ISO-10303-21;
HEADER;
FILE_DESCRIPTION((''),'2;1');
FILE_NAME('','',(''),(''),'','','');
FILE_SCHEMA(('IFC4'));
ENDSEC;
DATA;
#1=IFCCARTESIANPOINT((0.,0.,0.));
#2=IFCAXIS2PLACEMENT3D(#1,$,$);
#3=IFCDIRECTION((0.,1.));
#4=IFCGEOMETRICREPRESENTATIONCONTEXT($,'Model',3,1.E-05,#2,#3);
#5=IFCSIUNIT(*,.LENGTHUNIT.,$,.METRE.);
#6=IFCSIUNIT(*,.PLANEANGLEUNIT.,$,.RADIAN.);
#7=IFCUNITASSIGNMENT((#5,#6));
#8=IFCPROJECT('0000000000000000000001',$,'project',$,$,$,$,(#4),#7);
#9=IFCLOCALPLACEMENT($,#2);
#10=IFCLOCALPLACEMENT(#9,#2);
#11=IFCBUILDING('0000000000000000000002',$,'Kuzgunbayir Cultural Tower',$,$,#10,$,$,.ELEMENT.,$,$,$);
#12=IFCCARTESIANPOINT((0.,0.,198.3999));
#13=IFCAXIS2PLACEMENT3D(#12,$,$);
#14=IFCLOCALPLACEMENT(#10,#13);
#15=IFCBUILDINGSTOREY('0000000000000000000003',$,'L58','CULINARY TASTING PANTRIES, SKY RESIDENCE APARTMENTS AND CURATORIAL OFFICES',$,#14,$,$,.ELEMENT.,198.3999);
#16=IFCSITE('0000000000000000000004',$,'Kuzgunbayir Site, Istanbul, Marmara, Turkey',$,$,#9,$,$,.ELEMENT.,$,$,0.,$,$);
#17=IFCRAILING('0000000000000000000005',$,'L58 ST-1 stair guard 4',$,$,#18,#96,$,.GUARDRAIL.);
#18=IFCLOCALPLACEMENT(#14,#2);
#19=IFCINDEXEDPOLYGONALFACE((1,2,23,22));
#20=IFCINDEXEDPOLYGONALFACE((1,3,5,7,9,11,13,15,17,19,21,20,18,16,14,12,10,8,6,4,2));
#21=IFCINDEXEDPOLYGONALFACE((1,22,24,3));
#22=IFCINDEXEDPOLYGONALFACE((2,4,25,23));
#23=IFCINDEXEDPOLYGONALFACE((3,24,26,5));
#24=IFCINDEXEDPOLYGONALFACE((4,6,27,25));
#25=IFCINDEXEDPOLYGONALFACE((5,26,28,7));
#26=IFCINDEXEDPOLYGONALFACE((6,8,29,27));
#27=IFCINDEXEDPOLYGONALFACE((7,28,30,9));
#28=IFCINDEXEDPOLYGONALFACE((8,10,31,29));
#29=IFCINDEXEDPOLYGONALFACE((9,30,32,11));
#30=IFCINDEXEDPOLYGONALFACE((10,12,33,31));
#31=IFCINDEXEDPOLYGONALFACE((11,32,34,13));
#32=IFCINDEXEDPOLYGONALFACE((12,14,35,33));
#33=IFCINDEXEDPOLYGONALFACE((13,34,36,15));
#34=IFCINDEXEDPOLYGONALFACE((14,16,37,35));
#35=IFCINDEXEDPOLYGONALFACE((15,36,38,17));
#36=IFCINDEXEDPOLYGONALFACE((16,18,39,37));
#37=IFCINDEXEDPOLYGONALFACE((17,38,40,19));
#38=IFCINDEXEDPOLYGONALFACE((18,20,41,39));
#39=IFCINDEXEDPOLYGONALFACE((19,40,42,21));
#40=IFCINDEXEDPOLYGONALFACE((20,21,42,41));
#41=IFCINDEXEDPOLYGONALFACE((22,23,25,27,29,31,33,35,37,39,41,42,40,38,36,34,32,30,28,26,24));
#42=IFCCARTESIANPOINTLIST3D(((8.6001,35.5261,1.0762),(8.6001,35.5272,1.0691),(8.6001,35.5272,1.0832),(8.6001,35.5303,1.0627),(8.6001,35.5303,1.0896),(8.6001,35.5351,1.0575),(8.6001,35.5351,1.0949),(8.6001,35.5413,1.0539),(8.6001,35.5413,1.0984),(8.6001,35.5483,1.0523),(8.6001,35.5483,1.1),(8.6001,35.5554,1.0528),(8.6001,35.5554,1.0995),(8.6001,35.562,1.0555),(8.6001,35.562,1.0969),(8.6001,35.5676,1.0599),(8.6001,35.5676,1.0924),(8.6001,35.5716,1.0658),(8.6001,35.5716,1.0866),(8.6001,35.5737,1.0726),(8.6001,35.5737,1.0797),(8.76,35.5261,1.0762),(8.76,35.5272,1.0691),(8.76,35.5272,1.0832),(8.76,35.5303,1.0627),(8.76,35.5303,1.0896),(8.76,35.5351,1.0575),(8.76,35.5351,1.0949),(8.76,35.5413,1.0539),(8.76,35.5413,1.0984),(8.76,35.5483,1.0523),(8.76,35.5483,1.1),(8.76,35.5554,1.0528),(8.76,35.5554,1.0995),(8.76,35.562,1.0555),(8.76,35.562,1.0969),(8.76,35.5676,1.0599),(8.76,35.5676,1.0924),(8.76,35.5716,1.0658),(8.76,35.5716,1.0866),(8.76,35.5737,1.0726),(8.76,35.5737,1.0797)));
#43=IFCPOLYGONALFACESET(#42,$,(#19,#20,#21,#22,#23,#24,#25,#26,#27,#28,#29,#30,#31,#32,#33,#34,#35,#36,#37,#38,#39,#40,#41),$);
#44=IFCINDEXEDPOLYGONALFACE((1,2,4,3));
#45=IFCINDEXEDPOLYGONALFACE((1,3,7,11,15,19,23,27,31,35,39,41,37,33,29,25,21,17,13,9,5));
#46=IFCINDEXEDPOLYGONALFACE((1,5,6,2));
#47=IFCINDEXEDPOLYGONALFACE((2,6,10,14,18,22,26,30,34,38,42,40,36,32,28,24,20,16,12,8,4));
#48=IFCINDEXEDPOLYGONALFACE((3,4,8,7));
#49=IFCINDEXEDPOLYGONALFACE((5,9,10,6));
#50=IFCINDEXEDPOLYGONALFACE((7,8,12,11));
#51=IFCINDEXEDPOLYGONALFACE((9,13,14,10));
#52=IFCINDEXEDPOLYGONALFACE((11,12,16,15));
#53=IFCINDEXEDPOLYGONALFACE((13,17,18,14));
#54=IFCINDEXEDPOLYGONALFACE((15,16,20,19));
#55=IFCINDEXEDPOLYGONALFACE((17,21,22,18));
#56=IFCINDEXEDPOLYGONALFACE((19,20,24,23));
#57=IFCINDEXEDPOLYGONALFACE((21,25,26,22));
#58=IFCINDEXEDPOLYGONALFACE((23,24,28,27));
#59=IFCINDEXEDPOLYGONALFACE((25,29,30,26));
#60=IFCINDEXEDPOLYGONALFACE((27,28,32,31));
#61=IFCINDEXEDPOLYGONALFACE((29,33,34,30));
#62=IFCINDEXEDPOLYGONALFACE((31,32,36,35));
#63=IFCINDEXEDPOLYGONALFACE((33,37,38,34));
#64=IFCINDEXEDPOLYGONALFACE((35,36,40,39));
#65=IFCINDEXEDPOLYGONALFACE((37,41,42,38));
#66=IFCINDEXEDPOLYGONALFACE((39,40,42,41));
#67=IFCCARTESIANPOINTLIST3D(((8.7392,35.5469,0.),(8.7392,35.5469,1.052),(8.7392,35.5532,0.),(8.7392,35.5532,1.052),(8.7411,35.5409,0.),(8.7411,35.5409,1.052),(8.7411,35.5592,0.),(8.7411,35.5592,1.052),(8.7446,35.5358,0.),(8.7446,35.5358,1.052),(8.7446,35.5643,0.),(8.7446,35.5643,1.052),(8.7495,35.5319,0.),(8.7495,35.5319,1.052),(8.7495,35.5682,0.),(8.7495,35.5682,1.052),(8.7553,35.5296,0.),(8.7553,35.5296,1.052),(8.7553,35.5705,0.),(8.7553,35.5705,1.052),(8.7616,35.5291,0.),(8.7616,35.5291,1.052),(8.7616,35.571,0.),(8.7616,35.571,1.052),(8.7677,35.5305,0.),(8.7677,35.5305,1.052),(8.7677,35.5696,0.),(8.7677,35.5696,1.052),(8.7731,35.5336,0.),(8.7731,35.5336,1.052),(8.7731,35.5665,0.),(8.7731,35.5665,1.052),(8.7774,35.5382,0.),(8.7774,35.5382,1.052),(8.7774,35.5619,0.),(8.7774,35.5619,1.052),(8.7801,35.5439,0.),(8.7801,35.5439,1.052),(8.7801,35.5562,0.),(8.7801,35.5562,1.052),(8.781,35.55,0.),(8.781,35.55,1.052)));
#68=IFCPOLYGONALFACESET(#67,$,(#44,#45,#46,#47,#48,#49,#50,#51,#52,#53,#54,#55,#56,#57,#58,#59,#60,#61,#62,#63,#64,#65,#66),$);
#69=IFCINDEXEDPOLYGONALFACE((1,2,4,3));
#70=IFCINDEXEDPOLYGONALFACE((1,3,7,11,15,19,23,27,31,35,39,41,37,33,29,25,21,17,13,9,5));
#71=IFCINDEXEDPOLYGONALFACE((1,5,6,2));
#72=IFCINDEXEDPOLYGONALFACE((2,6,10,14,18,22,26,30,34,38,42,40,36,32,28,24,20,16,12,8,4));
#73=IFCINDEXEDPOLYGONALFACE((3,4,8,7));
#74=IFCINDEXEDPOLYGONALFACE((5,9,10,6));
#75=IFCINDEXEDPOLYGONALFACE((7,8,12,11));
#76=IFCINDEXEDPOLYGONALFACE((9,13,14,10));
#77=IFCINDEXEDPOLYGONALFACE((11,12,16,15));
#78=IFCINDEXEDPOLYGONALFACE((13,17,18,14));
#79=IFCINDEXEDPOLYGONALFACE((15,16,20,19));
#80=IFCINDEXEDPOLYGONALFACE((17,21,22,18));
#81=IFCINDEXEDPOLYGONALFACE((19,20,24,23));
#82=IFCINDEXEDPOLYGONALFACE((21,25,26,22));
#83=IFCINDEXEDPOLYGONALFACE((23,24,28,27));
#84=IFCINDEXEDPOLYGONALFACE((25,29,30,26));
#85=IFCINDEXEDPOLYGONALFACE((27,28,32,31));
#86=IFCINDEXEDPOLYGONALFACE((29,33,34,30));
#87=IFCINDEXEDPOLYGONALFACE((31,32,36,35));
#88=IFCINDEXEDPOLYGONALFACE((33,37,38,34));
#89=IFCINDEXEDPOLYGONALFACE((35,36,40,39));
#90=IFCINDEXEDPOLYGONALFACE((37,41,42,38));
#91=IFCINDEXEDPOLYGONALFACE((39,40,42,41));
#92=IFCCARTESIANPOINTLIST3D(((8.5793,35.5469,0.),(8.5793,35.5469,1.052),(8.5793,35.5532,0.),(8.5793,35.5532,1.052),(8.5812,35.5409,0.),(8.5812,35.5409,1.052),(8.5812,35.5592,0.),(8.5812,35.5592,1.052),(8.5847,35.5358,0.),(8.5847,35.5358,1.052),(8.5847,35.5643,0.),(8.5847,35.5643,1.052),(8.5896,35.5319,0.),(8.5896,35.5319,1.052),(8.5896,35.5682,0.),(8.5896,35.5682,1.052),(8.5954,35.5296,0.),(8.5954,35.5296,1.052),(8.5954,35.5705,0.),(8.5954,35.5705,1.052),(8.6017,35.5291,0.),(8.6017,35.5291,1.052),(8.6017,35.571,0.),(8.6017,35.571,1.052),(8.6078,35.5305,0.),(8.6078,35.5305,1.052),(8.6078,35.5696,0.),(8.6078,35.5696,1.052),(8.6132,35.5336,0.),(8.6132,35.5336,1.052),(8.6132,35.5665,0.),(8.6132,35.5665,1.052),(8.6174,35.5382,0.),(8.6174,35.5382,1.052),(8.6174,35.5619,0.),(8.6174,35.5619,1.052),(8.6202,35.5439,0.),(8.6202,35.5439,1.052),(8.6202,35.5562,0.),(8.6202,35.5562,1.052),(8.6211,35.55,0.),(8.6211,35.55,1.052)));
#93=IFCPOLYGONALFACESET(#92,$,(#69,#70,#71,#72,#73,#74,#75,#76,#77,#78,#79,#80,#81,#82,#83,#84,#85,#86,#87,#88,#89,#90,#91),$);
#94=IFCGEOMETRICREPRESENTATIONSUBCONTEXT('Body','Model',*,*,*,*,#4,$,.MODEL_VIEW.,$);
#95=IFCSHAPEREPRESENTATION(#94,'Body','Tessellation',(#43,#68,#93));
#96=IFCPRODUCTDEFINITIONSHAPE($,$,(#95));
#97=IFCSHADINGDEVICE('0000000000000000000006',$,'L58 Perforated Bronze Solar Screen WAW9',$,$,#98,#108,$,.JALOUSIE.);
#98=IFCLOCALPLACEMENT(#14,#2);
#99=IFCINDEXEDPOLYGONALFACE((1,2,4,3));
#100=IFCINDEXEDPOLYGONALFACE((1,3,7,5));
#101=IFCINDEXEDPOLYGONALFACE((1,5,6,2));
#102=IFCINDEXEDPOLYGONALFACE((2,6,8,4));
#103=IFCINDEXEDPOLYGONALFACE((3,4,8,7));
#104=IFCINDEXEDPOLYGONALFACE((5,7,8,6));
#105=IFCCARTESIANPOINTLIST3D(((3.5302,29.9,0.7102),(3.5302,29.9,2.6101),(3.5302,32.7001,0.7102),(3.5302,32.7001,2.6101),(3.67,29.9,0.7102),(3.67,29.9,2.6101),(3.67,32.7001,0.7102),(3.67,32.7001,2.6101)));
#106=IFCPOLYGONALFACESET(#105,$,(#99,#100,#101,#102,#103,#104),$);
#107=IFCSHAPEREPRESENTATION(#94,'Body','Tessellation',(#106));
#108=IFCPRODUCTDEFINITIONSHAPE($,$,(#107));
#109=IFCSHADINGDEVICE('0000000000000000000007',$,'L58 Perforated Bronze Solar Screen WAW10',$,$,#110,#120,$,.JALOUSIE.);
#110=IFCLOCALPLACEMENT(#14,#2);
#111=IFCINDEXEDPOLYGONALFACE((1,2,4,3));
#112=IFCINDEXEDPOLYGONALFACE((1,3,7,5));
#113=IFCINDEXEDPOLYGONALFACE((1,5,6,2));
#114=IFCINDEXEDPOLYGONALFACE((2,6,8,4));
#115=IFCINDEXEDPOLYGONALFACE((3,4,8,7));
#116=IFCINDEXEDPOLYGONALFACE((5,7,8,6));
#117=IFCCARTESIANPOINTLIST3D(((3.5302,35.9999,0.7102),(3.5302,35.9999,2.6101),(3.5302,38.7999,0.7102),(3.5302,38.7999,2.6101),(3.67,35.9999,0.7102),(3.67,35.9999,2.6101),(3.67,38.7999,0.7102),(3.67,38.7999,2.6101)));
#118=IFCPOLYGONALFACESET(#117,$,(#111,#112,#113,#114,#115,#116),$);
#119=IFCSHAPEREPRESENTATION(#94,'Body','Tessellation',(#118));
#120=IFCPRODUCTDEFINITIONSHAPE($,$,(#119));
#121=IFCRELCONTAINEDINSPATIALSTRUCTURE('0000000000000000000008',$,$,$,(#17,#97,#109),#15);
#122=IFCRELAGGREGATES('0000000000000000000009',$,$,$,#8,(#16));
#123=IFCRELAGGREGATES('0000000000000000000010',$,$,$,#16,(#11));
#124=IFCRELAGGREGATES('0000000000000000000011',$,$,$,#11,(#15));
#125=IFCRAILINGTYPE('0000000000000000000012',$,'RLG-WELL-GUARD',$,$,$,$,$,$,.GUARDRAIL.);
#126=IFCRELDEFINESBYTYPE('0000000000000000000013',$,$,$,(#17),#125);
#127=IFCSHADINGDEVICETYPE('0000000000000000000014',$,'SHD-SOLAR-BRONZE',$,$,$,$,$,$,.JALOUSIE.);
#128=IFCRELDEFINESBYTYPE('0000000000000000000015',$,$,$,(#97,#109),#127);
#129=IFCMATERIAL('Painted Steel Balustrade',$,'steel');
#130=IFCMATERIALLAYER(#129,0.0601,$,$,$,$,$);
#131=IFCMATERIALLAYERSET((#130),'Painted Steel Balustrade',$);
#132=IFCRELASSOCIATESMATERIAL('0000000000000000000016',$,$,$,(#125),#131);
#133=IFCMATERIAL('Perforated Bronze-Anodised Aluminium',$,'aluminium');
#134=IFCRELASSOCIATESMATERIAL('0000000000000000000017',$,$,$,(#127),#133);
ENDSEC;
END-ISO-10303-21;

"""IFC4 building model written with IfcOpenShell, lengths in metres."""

from ifc_helpers import new_model, si_unit, direction, frame, origin, origin_2d, place, context, subcontext, project, spatial, rectangle, circle, extrude, material, layer, layer_set, type_object, element, save


model = new_model("IFC4")

# Units and contexts
model_context = context("Model", 3, precision=1e-05, world=origin(), true_north=direction((0.0, 1.0)))
body_context = subcontext(model_context, "Body", "Model", "MODEL_VIEW")
ifc_project = project(units=[si_unit("LENGTHUNIT", "METRE"), si_unit("PLANEANGLEUNIT", "RADIAN")], contexts=[model_context])

# Site, building, storey
site_placement = place(None, origin())
site = spatial("IfcSite", under=ifc_project, at=site_placement, Name="Kuzgunbayir Site, Istanbul, Marmara, Turkey", CompositionType="ELEMENT", RefElevation=0.0)
building_placement = place(site_placement, origin())
building = spatial("IfcBuilding", under=site, at=building_placement, Name="Kuzgunbayir Cultural Tower", CompositionType="ELEMENT")
storey_placement = place(building_placement, frame((0.0, 0.0, 198.3999)))
storey = spatial("IfcBuildingStorey", under=building, at=storey_placement, Name="L58", Description="CULINARY TASTING PANTRIES, SKY RESIDENCE APARTMENTS AND CURATORIAL OFFICES", CompositionType="ELEMENT", Elevation=198.3999)

# Railing
ifc_material_1 = material(Name="Painted Steel Balustrade", Category="steel")
ifc_layer_1 = layer(ifc_material_1, 0.0601)
ifc_layer_set_1 = layer_set([ifc_layer_1], Name="Painted Steel Balustrade")
railing_type_1 = type_object("IfcRailingType", Name="RLG-WELL-GUARD", PredefinedType="GUARDRAIL", material=ifc_layer_set_1)
railing_1_placement = place(storey_placement, frame((8.76, 35.55, 0.0)))
element("IfcRailing", 1, at=railing_1_placement, inside=storey, type_object=railing_type_1, Name="L58 ST-1 stair guard 4", PredefinedType="GUARDRAIL", context=body_context, shape_type="SweptSolid", body=[
    extrude(circle(Radius=0.0239, at=origin_2d()), frame((0.0, 0.0, 1.0762), z_axis=(-1.0, 0.0, 0.0), x_axis=(0.0, -1.0, 0.0)), (0.0, 0.0, 1.0), 0.1599),
    extrude(circle(Radius=0.021, at=origin_2d()), origin(), (0.0, 0.0, 1.0), 1.052),
    extrude(circle(Radius=0.021, at=origin_2d()), frame((-0.1599, 0.0, 0.0)), (0.0, 0.0, 1.0), 1.052),
])

# Shading devices
ifc_material_2 = material(Name="Perforated Bronze-Anodised Aluminium", Category="aluminium")
shading_device_type = type_object("IfcShadingDeviceType", Name="SHD-SOLAR-BRONZE", PredefinedType="JALOUSIE", material=ifc_material_2)
for number, where, z_axis, x_axis, name in (
    (2, (3.6001, 31.3, 0.7102), (0.0, 0.0, 1.0), (1.0, 0.0, 0.0), "L58 Perforated Bronze Solar Screen WAW9"),
    (3, (3.6001, 37.3999, 0.7102), (0.0, 0.0, 1.0), (1.0, 0.0, 0.0), "L58 Perforated Bronze Solar Screen WAW10"),
):
    element("IfcShadingDevice", number, at=place(storey_placement, frame(where, z_axis=z_axis, x_axis=x_axis)), inside=storey, type_object=shading_device_type, Name=name, PredefinedType="JALOUSIE", context=body_context, shape_type="SweptSolid", body=[
        extrude(rectangle(XDim=0.1399, YDim=2.8, at=origin_2d()), origin(), (0.0, 0.0, 1.0), 1.8999),
    ])

save(model, "model.ifc")
